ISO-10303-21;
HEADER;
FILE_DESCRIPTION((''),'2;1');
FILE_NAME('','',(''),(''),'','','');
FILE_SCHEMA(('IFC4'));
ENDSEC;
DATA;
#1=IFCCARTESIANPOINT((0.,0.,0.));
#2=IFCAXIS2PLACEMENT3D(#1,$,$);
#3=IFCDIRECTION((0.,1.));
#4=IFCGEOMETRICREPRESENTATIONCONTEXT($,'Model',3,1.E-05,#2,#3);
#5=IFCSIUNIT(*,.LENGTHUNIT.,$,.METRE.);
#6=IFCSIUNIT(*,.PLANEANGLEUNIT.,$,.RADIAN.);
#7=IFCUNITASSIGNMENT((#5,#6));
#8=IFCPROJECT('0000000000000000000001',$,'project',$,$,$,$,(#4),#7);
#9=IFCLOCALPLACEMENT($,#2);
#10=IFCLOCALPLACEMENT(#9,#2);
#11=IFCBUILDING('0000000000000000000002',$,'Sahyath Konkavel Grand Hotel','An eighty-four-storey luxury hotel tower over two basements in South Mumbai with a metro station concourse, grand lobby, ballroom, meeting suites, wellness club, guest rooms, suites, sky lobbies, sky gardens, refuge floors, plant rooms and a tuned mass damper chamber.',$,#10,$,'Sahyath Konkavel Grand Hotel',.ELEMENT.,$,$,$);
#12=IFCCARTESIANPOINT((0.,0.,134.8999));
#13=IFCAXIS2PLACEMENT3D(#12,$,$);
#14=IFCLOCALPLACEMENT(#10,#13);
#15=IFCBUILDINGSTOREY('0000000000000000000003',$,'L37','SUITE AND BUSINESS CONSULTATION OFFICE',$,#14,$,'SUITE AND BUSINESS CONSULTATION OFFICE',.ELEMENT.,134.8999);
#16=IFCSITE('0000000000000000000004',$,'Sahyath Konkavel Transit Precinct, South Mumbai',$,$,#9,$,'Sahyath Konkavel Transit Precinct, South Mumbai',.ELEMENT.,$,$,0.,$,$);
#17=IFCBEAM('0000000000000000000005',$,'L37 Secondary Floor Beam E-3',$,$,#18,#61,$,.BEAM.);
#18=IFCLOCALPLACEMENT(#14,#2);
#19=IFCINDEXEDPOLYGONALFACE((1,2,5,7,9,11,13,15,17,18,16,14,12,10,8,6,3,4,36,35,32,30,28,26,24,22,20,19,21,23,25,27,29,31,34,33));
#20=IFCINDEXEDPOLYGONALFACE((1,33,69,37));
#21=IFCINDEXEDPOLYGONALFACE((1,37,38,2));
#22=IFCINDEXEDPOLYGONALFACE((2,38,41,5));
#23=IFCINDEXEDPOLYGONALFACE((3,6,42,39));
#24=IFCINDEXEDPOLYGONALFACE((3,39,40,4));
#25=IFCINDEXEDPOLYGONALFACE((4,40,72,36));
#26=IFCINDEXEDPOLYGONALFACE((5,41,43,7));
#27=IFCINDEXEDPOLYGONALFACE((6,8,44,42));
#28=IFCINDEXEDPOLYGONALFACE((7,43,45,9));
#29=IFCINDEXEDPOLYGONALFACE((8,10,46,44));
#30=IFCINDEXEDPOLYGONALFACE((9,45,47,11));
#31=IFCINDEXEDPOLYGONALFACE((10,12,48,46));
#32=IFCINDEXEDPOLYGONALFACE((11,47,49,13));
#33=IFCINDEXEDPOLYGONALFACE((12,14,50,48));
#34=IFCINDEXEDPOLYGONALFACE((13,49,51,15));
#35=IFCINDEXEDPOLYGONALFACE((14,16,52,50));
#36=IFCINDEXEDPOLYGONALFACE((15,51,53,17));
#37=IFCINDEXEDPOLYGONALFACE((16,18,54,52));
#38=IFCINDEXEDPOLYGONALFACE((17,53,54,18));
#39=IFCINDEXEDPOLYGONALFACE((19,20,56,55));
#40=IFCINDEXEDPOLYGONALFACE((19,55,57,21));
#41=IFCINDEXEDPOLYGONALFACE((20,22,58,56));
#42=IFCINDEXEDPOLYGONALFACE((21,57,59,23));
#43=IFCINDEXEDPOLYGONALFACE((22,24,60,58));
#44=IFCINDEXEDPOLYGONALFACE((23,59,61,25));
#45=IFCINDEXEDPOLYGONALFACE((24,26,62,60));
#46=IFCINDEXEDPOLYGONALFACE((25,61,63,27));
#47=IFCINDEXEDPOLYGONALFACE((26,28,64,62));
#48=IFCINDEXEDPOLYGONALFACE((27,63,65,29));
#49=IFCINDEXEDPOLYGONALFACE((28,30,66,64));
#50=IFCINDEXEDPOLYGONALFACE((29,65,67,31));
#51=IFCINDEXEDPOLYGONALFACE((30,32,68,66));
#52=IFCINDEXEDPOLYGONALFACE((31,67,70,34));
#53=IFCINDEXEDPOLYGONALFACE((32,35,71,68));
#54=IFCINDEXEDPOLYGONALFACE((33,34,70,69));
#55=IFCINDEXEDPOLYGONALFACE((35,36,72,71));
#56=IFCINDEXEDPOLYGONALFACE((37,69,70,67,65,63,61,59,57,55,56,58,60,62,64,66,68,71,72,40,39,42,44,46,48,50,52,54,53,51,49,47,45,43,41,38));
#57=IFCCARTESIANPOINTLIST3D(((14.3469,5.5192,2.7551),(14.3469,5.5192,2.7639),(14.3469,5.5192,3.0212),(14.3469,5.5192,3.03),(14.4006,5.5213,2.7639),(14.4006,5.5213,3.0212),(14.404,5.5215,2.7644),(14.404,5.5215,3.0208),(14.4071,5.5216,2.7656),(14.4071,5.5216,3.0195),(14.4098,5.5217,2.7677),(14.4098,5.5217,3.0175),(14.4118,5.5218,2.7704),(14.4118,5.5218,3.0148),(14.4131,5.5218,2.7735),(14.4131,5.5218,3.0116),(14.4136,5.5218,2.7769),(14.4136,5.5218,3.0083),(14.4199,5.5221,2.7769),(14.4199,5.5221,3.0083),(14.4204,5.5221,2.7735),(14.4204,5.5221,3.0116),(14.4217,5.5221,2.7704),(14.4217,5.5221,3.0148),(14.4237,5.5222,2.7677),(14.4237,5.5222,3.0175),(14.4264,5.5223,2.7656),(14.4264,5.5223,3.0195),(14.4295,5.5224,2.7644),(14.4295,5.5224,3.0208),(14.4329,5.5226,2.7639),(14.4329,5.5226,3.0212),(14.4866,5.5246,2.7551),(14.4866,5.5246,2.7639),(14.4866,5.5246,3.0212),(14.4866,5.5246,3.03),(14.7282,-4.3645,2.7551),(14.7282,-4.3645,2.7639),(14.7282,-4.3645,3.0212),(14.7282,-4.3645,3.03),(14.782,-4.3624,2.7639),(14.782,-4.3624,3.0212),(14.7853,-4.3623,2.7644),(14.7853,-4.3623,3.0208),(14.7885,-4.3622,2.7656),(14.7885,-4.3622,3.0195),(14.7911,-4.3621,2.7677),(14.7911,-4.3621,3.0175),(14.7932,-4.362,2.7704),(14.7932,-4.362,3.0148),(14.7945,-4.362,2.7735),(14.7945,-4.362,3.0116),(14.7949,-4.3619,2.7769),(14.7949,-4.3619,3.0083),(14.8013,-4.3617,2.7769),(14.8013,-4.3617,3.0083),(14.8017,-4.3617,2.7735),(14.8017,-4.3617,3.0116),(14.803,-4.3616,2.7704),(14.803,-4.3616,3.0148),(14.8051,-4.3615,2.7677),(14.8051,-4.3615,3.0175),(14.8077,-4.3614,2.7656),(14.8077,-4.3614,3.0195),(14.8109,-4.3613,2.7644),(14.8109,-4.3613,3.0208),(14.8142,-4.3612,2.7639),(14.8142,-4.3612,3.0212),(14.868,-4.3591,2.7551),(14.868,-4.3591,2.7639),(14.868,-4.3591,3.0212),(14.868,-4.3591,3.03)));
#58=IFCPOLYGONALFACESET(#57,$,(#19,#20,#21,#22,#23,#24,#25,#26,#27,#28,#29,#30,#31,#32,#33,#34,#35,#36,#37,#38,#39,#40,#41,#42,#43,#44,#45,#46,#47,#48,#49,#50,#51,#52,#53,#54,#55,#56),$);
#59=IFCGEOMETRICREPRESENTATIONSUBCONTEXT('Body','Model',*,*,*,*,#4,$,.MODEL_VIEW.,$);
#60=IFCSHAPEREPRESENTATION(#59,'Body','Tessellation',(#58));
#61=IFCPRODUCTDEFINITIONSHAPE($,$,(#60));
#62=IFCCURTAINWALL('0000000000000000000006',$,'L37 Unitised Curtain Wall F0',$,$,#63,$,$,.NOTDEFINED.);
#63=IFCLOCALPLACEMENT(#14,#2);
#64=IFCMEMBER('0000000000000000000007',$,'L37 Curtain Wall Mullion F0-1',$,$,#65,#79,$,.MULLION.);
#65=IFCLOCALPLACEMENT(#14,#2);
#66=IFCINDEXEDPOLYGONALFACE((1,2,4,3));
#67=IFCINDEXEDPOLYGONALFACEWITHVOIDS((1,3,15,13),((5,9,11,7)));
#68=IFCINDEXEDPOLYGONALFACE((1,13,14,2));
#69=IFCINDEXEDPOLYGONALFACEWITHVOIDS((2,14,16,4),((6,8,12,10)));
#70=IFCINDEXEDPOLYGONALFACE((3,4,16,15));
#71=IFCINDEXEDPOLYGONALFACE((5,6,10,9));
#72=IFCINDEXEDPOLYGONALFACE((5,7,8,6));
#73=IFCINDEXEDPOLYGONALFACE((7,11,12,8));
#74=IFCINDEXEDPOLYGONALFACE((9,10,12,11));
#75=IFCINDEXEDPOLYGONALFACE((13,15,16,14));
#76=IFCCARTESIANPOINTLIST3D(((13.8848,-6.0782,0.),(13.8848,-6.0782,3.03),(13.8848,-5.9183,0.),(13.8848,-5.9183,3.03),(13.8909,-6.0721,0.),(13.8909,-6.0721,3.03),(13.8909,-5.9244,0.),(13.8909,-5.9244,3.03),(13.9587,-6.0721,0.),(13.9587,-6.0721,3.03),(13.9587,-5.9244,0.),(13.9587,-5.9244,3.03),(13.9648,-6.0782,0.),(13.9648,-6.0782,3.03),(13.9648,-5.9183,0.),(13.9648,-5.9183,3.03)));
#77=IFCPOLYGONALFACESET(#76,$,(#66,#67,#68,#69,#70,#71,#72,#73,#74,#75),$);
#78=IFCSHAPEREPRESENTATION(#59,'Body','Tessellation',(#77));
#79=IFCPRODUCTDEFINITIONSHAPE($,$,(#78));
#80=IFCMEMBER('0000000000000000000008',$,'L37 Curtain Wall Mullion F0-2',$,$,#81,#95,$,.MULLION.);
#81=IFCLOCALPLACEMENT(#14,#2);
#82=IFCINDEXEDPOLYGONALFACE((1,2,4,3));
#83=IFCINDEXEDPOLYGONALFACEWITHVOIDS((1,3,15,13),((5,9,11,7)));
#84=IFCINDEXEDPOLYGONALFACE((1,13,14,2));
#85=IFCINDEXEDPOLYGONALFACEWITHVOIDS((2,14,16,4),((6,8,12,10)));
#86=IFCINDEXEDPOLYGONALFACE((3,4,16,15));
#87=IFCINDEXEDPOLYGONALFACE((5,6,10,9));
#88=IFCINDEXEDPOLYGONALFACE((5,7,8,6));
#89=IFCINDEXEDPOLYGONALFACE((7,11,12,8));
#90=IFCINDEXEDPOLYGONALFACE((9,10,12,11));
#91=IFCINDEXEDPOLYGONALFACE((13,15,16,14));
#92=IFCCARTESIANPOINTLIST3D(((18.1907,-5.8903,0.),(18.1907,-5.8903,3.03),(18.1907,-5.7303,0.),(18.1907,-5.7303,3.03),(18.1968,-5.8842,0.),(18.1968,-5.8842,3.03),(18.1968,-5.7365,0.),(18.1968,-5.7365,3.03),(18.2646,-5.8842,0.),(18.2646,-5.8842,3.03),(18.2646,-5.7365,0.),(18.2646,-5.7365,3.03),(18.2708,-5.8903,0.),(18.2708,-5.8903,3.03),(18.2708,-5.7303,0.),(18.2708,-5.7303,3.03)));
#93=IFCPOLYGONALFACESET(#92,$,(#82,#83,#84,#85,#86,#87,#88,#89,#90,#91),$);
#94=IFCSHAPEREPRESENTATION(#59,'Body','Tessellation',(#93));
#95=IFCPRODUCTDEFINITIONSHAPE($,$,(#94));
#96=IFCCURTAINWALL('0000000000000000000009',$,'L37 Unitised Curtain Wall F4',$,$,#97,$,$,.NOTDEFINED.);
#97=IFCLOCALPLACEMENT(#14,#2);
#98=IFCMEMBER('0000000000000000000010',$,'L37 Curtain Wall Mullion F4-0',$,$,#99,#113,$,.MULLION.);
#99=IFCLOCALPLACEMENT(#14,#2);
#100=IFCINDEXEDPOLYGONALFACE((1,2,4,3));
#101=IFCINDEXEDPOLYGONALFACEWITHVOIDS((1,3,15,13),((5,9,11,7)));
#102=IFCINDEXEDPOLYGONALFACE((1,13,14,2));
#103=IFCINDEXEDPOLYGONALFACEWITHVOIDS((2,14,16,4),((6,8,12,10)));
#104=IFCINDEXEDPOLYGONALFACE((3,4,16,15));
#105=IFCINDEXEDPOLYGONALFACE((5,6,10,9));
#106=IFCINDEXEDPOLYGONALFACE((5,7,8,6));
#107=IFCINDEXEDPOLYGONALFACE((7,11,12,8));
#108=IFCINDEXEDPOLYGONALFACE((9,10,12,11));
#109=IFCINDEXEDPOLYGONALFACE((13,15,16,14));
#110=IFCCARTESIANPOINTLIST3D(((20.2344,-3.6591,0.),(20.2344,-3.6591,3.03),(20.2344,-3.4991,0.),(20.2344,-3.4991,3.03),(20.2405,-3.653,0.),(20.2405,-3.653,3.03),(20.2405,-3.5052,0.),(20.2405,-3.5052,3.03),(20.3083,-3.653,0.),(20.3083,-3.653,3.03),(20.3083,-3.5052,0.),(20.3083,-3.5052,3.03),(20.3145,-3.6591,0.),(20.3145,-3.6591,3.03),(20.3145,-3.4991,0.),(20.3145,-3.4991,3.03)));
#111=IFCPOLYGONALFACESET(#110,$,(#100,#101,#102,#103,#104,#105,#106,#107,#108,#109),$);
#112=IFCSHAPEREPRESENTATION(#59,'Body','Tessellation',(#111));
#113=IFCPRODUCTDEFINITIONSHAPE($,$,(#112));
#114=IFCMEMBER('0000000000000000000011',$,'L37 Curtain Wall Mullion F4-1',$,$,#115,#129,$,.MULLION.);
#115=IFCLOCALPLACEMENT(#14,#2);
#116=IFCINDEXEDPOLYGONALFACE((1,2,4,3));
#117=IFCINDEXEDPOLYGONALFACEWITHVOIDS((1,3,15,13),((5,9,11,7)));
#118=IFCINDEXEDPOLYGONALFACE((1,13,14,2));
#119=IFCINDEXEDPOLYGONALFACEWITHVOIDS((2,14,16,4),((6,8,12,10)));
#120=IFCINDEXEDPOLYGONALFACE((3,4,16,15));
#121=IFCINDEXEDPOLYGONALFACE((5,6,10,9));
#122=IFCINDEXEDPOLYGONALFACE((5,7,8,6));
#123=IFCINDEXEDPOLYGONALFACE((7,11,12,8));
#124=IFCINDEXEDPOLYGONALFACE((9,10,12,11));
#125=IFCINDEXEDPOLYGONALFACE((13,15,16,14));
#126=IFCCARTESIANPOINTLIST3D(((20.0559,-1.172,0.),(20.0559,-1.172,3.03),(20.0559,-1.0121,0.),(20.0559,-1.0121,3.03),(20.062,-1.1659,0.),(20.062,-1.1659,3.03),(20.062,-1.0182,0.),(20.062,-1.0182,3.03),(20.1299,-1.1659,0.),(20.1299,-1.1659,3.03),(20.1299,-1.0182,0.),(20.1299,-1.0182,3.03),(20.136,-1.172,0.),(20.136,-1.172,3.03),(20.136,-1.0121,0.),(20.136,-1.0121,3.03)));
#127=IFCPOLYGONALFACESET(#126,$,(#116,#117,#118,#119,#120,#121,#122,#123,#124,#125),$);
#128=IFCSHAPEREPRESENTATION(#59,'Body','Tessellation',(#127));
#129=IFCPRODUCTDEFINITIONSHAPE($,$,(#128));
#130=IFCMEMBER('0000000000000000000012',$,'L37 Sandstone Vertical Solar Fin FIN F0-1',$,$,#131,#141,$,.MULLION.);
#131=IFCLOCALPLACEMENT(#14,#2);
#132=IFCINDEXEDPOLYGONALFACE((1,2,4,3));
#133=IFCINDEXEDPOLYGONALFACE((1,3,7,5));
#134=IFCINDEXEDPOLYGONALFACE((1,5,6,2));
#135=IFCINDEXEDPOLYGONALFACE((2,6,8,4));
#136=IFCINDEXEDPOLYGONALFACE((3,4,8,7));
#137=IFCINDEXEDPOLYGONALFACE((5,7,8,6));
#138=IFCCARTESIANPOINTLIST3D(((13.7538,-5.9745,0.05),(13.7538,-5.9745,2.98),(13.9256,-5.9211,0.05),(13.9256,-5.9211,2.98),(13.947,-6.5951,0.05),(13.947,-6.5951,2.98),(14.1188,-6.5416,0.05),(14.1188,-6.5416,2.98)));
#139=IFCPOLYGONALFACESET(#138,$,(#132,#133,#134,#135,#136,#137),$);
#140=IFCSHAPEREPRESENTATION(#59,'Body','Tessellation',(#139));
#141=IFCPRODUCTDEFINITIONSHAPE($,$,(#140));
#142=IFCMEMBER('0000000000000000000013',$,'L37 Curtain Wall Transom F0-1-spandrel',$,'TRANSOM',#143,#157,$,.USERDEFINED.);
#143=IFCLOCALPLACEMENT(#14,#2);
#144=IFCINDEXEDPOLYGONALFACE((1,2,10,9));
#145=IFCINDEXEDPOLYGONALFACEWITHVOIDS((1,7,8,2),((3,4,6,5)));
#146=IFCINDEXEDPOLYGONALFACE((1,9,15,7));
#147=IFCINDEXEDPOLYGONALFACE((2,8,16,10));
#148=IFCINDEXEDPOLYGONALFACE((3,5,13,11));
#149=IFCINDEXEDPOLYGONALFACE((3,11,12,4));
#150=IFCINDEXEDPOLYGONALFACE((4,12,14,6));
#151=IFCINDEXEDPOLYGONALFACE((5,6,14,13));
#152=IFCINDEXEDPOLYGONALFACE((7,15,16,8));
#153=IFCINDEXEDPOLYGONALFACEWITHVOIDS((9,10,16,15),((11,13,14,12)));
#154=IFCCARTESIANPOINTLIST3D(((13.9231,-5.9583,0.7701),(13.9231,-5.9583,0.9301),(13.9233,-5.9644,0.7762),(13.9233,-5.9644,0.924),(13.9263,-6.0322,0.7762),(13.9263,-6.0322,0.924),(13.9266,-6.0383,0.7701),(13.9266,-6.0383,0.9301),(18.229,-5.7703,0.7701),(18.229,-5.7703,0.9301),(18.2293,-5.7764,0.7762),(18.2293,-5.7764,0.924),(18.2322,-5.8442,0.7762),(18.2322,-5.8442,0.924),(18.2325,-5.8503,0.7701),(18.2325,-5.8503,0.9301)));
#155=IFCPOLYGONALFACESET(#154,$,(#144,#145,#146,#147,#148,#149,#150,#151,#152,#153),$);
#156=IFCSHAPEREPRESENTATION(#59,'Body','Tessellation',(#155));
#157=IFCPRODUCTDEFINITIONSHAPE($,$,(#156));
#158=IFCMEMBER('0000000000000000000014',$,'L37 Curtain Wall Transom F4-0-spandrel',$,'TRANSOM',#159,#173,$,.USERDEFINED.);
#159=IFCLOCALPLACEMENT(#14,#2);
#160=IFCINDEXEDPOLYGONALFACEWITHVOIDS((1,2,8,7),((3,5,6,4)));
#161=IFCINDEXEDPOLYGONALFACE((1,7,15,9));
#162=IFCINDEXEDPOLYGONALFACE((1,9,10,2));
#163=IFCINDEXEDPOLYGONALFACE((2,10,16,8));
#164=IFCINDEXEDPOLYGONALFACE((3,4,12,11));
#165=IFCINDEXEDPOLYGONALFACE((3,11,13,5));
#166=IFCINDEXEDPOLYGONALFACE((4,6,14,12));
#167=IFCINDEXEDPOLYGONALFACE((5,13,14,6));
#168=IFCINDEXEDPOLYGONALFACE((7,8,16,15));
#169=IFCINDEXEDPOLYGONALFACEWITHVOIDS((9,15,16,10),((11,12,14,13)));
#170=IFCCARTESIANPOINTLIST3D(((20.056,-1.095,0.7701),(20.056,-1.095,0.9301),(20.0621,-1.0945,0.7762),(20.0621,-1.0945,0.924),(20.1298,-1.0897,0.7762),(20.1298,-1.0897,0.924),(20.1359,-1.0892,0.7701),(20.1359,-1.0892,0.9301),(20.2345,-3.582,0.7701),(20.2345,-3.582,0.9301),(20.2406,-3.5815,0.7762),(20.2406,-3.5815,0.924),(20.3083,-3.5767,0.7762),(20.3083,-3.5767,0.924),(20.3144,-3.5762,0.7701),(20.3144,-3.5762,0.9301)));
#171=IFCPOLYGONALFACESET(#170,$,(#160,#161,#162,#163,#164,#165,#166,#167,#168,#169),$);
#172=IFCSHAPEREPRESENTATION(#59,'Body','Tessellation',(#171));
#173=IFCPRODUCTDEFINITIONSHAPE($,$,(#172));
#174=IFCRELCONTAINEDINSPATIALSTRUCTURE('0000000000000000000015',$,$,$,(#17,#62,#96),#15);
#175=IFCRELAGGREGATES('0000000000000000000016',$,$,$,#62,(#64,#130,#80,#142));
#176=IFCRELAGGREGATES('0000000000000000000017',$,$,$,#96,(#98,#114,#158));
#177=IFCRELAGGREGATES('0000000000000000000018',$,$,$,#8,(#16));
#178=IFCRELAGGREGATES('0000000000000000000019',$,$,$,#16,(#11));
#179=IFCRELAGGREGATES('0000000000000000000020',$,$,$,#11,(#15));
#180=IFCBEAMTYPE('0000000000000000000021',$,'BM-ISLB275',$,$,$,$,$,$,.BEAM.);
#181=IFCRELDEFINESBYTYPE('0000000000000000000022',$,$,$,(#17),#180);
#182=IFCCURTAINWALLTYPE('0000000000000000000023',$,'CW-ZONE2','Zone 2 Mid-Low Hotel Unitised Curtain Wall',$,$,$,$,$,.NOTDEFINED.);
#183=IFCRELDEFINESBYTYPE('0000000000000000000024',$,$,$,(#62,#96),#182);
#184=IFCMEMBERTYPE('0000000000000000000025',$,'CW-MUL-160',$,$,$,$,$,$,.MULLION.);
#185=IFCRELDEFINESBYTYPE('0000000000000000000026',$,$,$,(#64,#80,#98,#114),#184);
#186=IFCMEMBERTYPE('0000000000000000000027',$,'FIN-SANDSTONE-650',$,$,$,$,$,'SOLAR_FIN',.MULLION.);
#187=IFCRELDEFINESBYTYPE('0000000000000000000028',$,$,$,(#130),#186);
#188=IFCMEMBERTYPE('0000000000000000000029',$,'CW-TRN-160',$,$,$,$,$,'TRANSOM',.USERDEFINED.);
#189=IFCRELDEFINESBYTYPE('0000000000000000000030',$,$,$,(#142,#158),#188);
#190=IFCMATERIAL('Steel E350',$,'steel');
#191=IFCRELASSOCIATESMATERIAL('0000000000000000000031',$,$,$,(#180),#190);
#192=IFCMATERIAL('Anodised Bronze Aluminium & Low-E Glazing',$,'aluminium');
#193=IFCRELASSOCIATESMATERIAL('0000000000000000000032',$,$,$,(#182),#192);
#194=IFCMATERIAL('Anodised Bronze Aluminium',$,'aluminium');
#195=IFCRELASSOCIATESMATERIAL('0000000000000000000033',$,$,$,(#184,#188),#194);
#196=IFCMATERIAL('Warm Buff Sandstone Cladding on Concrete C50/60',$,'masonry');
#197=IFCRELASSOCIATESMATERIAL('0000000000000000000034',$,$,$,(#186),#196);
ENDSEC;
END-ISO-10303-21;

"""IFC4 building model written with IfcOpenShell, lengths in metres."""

from ifc_helpers import new_model, si_unit, direction, frame, origin, origin_2d, place, context, subcontext, project, spatial, rectangle, hollow_rectangle, i_section, extrude, source, transform, mapped, material, material_profile, profile_set, type_object, element, aggregate, save


model = new_model("IFC4")

# Units and contexts
model_context = context("Model", 3, precision=1e-05, world=origin(), true_north=direction((0.0, 1.0)))
body_context = subcontext(model_context, "Body", "Model", "MODEL_VIEW")
ifc_project = project(units=[si_unit("LENGTHUNIT", "METRE"), si_unit("PLANEANGLEUNIT", "RADIAN")], contexts=[model_context])

# Site, building, storey
site_placement = place(None, origin())
site = spatial("IfcSite", under=ifc_project, at=site_placement, Name="Sahyath Konkavel Transit Precinct, South Mumbai", LongName="Sahyath Konkavel Transit Precinct, South Mumbai", CompositionType="ELEMENT", RefElevation=0.0)
building_placement = place(site_placement, origin())
building = spatial("IfcBuilding", under=site, at=building_placement, Name="Sahyath Konkavel Grand Hotel", Description="An eighty-four-storey luxury hotel tower over two basements in South Mumbai with a metro station concourse, grand lobby, ballroom, meeting suites, wellness club, guest rooms, suites, sky lobbies, sky gardens, refuge floors, plant rooms and a tuned mass damper chamber.", LongName="Sahyath Konkavel Grand Hotel", CompositionType="ELEMENT")
storey_placement = place(building_placement, frame((0.0, 0.0, 134.8999)))
storey = spatial("IfcBuildingStorey", under=building, at=storey_placement, Name="L37", Description="SUITE AND BUSINESS CONSULTATION OFFICE", LongName="SUITE AND BUSINESS CONSULTATION OFFICE", CompositionType="ELEMENT", Elevation=134.8999)

# Beam
ifc_material_1 = material(Name="Steel E350", Category="steel")
ifc_material_profile_1 = material_profile(ifc_material_1, i_section(OverallWidth=0.1399, OverallDepth=0.2749, WebThickness=0.0063, FlangeThickness=0.0088, FilletRadius=0.0129, at=origin_2d()), Name="ISLB 275")
ifc_profile_set_1 = profile_set([ifc_material_profile_1], Name="Steel E350")
beam_type_1 = type_object("IfcBeamType", Name="BM-ISLB275", PredefinedType="BEAM", material=ifc_profile_set_1)
shared_shape_1 = source(origin(), body_context, "Body", "SweptSolid", [
    extrude(i_section(OverallWidth=0.1399, OverallDepth=0.2749, WebThickness=0.0063, FlangeThickness=0.0088, FilletRadius=0.0129, at=origin_2d()), origin(), (0.0, 0.0, 1.0), 9.8911),
])
beam_1_placement = place(storey_placement, frame((14.7981, -4.3618, 2.8926), z_axis=(-0.038554, 0.999257, 0.0), x_axis=(-0.999257, -0.038554, 0.0)))
element("IfcBeam", 1, at=beam_1_placement, inside=storey, type_object=beam_type_1, Name="L37 Secondary Floor Beam E-3", PredefinedType="BEAM", context=body_context, shape_type="MappedRepresentation", body=[
    mapped(shared_shape_1, transform((0.0, 0.0, 0.0), scale=1.0)),
])

# Curtain walls, members
ifc_material_2 = material(Name="Anodised Bronze Aluminium & Low-E Glazing", Category="aluminium")
curtain_wall_type = type_object("IfcCurtainWallType", Name="CW-ZONE2", Description="Zone 2 Mid-Low Hotel Unitised Curtain Wall", PredefinedType="NOTDEFINED", material=ifc_material_2)
curtain_wall_1_placement = place(storey_placement, origin())
curtain_wall_1 = element("IfcCurtainWall", 2, at=curtain_wall_1_placement, inside=storey, type_object=curtain_wall_type, Name="L37 Unitised Curtain Wall F0", PredefinedType="NOTDEFINED")
ifc_material_3 = material(Name="Anodised Bronze Aluminium", Category="aluminium")
ifc_material_profile_2 = material_profile(ifc_material_3, hollow_rectangle(XDim=0.0801, YDim=0.1599, WallThickness=0.0061, at=origin_2d()), Name="RHS 160x80x6")
ifc_profile_set_2 = profile_set([ifc_material_profile_2], Name="Anodised Bronze Aluminium")
member_type_1 = type_object("IfcMemberType", Name="CW-MUL-160", PredefinedType="MULLION", material=ifc_profile_set_2)
shared_shape_2 = source(origin(), body_context, "Body", "SweptSolid", [
    extrude(hollow_rectangle(XDim=0.0801, YDim=0.1599, WallThickness=0.0061, at=origin_2d()), origin(), (0.0, 0.0, 1.0), 3.03),
])
member_1_placement = place(storey_placement, frame((13.9248, -5.9983, 0.0), z_axis=(0.0, 0.0, 1.0), x_axis=(1.0, 0.0, 0.0)))
member_1 = element("IfcMember", 3, at=member_1_placement, type_object=member_type_1, Name="L37 Curtain Wall Mullion F0-1", PredefinedType="MULLION", context=body_context, shape_type="MappedRepresentation", body=[
    mapped(shared_shape_2, transform((0.0, 0.0, 0.0), scale=1.0)),
])
member_2_placement = place(storey_placement, frame((18.2307, -5.8103, 0.0), z_axis=(0.0, 0.0, 1.0), x_axis=(1.0, 0.0, 0.0)))
member_2 = element("IfcMember", 4, at=member_2_placement, type_object=member_type_1, Name="L37 Curtain Wall Mullion F0-2", PredefinedType="MULLION", context=body_context, shape_type="MappedRepresentation", body=[
    mapped(shared_shape_2, transform((0.0, 0.0, 0.0), scale=1.0)),
])
curtain_wall_2_placement = place(storey_placement, origin())
curtain_wall_2 = element("IfcCurtainWall", 5, at=curtain_wall_2_placement, inside=storey, type_object=curtain_wall_type, Name="L37 Unitised Curtain Wall F4", PredefinedType="NOTDEFINED")
member_3_placement = place(storey_placement, frame((20.2744, -3.5791, 0.0), z_axis=(0.0, 0.0, 1.0), x_axis=(1.0, 0.0, 0.0)))
member_3 = element("IfcMember", 6, at=member_3_placement, type_object=member_type_1, Name="L37 Curtain Wall Mullion F4-0", PredefinedType="MULLION", context=body_context, shape_type="MappedRepresentation", body=[
    mapped(shared_shape_2, transform((0.0, 0.0, 0.0), scale=1.0)),
])
member_4_placement = place(storey_placement, frame((20.0959, -1.092, 0.0), z_axis=(0.0, 0.0, 1.0), x_axis=(1.0, 0.0, 0.0)))
member_4 = element("IfcMember", 7, at=member_4_placement, type_object=member_type_1, Name="L37 Curtain Wall Mullion F4-1", PredefinedType="MULLION", context=body_context, shape_type="MappedRepresentation", body=[
    mapped(shared_shape_2, transform((0.0, 0.0, 0.0), scale=1.0)),
])

# Members
ifc_material_4 = material(Name="Warm Buff Sandstone Cladding on Concrete C50/60", Category="masonry")
ifc_material_profile_3 = material_profile(ifc_material_4, rectangle(XDim=0.1799, YDim=0.6499, at=origin_2d()), Name="FIN 180x650")
ifc_profile_set_3 = profile_set([ifc_material_profile_3], Name="Warm Buff Sandstone Cladding on Concrete C50/60")
member_type_2 = type_object("IfcMemberType", Name="FIN-SANDSTONE-650", ElementType="SOLAR_FIN", PredefinedType="MULLION", material=ifc_profile_set_3)
shared_shape_3 = source(origin(), body_context, "Body", "SweptSolid", [
    extrude(rectangle(XDim=0.1799, YDim=0.6499, at=origin_2d()), origin(), (0.0, 0.0, 1.0), 2.9299),
])
member_5_placement = place(storey_placement, frame((13.9363, -6.2581, 0.05), z_axis=(0.0, 0.0, 1.0), x_axis=(0.954813, 0.297208, 0.0)))
member_5 = element("IfcMember", 8, at=member_5_placement, type_object=member_type_2, Name="L37 Sandstone Vertical Solar Fin FIN F0-1", PredefinedType="MULLION", context=body_context, shape_type="MappedRepresentation", body=[
    mapped(shared_shape_3, transform((0.0, 0.0, 0.0), scale=1.0)),
])
ifc_material_profile_4 = material_profile(ifc_material_3, hollow_rectangle(XDim=0.0801, YDim=0.1599, WallThickness=0.0061, at=origin_2d()), Name="RHS 160x80x6")
ifc_profile_set_4 = profile_set([ifc_material_profile_4], Name="Anodised Bronze Aluminium")
member_type_3 = type_object("IfcMemberType", Name="CW-TRN-160", ElementType="TRANSOM", PredefinedType="USERDEFINED", material=ifc_profile_set_4)
shared_shape_4 = source(origin(), body_context, "Body", "SweptSolid", [
    extrude(hollow_rectangle(XDim=0.0801, YDim=0.1599, WallThickness=0.0061, at=origin_2d()), origin(), (0.0, 0.0, 1.0), 4.3101),
])
member_6_placement = place(storey_placement, frame((13.9248, -5.9983, 0.8501), z_axis=(0.999048, 0.043617, 0.0), x_axis=(-0.043617, 0.999048, 0.0)))
member_6 = element("IfcMember", 9, at=member_6_placement, type_object=member_type_3, Name="L37 Curtain Wall Transom F0-1-spandrel", ObjectType="TRANSOM", PredefinedType="USERDEFINED", context=body_context, shape_type="MappedRepresentation", body=[
    mapped(shared_shape_4, transform((0.0, 0.0, 0.0), scale=1.0)),
])
shared_shape_5 = source(origin(), body_context, "Body", "SweptSolid", [
    extrude(hollow_rectangle(XDim=0.0801, YDim=0.1599, WallThickness=0.0061, at=origin_2d()), origin(), (0.0, 0.0, 1.0), 2.4934),
])
member_7_placement = place(storey_placement, frame((20.2744, -3.5791, 0.8501), z_axis=(-0.071574, 0.997435, 0.0), x_axis=(-0.997435, -0.071574, 0.0)))
member_7 = element("IfcMember", 10, at=member_7_placement, type_object=member_type_3, Name="L37 Curtain Wall Transom F4-0-spandrel", ObjectType="TRANSOM", PredefinedType="USERDEFINED", context=body_context, shape_type="MappedRepresentation", body=[
    mapped(shared_shape_5, transform((0.0, 0.0, 0.0), scale=1.0)),
])

aggregate(curtain_wall_1, [member_1, member_5, member_2, member_6])
aggregate(curtain_wall_2, [member_3, member_4, member_7])

save(model, "model.ifc")
